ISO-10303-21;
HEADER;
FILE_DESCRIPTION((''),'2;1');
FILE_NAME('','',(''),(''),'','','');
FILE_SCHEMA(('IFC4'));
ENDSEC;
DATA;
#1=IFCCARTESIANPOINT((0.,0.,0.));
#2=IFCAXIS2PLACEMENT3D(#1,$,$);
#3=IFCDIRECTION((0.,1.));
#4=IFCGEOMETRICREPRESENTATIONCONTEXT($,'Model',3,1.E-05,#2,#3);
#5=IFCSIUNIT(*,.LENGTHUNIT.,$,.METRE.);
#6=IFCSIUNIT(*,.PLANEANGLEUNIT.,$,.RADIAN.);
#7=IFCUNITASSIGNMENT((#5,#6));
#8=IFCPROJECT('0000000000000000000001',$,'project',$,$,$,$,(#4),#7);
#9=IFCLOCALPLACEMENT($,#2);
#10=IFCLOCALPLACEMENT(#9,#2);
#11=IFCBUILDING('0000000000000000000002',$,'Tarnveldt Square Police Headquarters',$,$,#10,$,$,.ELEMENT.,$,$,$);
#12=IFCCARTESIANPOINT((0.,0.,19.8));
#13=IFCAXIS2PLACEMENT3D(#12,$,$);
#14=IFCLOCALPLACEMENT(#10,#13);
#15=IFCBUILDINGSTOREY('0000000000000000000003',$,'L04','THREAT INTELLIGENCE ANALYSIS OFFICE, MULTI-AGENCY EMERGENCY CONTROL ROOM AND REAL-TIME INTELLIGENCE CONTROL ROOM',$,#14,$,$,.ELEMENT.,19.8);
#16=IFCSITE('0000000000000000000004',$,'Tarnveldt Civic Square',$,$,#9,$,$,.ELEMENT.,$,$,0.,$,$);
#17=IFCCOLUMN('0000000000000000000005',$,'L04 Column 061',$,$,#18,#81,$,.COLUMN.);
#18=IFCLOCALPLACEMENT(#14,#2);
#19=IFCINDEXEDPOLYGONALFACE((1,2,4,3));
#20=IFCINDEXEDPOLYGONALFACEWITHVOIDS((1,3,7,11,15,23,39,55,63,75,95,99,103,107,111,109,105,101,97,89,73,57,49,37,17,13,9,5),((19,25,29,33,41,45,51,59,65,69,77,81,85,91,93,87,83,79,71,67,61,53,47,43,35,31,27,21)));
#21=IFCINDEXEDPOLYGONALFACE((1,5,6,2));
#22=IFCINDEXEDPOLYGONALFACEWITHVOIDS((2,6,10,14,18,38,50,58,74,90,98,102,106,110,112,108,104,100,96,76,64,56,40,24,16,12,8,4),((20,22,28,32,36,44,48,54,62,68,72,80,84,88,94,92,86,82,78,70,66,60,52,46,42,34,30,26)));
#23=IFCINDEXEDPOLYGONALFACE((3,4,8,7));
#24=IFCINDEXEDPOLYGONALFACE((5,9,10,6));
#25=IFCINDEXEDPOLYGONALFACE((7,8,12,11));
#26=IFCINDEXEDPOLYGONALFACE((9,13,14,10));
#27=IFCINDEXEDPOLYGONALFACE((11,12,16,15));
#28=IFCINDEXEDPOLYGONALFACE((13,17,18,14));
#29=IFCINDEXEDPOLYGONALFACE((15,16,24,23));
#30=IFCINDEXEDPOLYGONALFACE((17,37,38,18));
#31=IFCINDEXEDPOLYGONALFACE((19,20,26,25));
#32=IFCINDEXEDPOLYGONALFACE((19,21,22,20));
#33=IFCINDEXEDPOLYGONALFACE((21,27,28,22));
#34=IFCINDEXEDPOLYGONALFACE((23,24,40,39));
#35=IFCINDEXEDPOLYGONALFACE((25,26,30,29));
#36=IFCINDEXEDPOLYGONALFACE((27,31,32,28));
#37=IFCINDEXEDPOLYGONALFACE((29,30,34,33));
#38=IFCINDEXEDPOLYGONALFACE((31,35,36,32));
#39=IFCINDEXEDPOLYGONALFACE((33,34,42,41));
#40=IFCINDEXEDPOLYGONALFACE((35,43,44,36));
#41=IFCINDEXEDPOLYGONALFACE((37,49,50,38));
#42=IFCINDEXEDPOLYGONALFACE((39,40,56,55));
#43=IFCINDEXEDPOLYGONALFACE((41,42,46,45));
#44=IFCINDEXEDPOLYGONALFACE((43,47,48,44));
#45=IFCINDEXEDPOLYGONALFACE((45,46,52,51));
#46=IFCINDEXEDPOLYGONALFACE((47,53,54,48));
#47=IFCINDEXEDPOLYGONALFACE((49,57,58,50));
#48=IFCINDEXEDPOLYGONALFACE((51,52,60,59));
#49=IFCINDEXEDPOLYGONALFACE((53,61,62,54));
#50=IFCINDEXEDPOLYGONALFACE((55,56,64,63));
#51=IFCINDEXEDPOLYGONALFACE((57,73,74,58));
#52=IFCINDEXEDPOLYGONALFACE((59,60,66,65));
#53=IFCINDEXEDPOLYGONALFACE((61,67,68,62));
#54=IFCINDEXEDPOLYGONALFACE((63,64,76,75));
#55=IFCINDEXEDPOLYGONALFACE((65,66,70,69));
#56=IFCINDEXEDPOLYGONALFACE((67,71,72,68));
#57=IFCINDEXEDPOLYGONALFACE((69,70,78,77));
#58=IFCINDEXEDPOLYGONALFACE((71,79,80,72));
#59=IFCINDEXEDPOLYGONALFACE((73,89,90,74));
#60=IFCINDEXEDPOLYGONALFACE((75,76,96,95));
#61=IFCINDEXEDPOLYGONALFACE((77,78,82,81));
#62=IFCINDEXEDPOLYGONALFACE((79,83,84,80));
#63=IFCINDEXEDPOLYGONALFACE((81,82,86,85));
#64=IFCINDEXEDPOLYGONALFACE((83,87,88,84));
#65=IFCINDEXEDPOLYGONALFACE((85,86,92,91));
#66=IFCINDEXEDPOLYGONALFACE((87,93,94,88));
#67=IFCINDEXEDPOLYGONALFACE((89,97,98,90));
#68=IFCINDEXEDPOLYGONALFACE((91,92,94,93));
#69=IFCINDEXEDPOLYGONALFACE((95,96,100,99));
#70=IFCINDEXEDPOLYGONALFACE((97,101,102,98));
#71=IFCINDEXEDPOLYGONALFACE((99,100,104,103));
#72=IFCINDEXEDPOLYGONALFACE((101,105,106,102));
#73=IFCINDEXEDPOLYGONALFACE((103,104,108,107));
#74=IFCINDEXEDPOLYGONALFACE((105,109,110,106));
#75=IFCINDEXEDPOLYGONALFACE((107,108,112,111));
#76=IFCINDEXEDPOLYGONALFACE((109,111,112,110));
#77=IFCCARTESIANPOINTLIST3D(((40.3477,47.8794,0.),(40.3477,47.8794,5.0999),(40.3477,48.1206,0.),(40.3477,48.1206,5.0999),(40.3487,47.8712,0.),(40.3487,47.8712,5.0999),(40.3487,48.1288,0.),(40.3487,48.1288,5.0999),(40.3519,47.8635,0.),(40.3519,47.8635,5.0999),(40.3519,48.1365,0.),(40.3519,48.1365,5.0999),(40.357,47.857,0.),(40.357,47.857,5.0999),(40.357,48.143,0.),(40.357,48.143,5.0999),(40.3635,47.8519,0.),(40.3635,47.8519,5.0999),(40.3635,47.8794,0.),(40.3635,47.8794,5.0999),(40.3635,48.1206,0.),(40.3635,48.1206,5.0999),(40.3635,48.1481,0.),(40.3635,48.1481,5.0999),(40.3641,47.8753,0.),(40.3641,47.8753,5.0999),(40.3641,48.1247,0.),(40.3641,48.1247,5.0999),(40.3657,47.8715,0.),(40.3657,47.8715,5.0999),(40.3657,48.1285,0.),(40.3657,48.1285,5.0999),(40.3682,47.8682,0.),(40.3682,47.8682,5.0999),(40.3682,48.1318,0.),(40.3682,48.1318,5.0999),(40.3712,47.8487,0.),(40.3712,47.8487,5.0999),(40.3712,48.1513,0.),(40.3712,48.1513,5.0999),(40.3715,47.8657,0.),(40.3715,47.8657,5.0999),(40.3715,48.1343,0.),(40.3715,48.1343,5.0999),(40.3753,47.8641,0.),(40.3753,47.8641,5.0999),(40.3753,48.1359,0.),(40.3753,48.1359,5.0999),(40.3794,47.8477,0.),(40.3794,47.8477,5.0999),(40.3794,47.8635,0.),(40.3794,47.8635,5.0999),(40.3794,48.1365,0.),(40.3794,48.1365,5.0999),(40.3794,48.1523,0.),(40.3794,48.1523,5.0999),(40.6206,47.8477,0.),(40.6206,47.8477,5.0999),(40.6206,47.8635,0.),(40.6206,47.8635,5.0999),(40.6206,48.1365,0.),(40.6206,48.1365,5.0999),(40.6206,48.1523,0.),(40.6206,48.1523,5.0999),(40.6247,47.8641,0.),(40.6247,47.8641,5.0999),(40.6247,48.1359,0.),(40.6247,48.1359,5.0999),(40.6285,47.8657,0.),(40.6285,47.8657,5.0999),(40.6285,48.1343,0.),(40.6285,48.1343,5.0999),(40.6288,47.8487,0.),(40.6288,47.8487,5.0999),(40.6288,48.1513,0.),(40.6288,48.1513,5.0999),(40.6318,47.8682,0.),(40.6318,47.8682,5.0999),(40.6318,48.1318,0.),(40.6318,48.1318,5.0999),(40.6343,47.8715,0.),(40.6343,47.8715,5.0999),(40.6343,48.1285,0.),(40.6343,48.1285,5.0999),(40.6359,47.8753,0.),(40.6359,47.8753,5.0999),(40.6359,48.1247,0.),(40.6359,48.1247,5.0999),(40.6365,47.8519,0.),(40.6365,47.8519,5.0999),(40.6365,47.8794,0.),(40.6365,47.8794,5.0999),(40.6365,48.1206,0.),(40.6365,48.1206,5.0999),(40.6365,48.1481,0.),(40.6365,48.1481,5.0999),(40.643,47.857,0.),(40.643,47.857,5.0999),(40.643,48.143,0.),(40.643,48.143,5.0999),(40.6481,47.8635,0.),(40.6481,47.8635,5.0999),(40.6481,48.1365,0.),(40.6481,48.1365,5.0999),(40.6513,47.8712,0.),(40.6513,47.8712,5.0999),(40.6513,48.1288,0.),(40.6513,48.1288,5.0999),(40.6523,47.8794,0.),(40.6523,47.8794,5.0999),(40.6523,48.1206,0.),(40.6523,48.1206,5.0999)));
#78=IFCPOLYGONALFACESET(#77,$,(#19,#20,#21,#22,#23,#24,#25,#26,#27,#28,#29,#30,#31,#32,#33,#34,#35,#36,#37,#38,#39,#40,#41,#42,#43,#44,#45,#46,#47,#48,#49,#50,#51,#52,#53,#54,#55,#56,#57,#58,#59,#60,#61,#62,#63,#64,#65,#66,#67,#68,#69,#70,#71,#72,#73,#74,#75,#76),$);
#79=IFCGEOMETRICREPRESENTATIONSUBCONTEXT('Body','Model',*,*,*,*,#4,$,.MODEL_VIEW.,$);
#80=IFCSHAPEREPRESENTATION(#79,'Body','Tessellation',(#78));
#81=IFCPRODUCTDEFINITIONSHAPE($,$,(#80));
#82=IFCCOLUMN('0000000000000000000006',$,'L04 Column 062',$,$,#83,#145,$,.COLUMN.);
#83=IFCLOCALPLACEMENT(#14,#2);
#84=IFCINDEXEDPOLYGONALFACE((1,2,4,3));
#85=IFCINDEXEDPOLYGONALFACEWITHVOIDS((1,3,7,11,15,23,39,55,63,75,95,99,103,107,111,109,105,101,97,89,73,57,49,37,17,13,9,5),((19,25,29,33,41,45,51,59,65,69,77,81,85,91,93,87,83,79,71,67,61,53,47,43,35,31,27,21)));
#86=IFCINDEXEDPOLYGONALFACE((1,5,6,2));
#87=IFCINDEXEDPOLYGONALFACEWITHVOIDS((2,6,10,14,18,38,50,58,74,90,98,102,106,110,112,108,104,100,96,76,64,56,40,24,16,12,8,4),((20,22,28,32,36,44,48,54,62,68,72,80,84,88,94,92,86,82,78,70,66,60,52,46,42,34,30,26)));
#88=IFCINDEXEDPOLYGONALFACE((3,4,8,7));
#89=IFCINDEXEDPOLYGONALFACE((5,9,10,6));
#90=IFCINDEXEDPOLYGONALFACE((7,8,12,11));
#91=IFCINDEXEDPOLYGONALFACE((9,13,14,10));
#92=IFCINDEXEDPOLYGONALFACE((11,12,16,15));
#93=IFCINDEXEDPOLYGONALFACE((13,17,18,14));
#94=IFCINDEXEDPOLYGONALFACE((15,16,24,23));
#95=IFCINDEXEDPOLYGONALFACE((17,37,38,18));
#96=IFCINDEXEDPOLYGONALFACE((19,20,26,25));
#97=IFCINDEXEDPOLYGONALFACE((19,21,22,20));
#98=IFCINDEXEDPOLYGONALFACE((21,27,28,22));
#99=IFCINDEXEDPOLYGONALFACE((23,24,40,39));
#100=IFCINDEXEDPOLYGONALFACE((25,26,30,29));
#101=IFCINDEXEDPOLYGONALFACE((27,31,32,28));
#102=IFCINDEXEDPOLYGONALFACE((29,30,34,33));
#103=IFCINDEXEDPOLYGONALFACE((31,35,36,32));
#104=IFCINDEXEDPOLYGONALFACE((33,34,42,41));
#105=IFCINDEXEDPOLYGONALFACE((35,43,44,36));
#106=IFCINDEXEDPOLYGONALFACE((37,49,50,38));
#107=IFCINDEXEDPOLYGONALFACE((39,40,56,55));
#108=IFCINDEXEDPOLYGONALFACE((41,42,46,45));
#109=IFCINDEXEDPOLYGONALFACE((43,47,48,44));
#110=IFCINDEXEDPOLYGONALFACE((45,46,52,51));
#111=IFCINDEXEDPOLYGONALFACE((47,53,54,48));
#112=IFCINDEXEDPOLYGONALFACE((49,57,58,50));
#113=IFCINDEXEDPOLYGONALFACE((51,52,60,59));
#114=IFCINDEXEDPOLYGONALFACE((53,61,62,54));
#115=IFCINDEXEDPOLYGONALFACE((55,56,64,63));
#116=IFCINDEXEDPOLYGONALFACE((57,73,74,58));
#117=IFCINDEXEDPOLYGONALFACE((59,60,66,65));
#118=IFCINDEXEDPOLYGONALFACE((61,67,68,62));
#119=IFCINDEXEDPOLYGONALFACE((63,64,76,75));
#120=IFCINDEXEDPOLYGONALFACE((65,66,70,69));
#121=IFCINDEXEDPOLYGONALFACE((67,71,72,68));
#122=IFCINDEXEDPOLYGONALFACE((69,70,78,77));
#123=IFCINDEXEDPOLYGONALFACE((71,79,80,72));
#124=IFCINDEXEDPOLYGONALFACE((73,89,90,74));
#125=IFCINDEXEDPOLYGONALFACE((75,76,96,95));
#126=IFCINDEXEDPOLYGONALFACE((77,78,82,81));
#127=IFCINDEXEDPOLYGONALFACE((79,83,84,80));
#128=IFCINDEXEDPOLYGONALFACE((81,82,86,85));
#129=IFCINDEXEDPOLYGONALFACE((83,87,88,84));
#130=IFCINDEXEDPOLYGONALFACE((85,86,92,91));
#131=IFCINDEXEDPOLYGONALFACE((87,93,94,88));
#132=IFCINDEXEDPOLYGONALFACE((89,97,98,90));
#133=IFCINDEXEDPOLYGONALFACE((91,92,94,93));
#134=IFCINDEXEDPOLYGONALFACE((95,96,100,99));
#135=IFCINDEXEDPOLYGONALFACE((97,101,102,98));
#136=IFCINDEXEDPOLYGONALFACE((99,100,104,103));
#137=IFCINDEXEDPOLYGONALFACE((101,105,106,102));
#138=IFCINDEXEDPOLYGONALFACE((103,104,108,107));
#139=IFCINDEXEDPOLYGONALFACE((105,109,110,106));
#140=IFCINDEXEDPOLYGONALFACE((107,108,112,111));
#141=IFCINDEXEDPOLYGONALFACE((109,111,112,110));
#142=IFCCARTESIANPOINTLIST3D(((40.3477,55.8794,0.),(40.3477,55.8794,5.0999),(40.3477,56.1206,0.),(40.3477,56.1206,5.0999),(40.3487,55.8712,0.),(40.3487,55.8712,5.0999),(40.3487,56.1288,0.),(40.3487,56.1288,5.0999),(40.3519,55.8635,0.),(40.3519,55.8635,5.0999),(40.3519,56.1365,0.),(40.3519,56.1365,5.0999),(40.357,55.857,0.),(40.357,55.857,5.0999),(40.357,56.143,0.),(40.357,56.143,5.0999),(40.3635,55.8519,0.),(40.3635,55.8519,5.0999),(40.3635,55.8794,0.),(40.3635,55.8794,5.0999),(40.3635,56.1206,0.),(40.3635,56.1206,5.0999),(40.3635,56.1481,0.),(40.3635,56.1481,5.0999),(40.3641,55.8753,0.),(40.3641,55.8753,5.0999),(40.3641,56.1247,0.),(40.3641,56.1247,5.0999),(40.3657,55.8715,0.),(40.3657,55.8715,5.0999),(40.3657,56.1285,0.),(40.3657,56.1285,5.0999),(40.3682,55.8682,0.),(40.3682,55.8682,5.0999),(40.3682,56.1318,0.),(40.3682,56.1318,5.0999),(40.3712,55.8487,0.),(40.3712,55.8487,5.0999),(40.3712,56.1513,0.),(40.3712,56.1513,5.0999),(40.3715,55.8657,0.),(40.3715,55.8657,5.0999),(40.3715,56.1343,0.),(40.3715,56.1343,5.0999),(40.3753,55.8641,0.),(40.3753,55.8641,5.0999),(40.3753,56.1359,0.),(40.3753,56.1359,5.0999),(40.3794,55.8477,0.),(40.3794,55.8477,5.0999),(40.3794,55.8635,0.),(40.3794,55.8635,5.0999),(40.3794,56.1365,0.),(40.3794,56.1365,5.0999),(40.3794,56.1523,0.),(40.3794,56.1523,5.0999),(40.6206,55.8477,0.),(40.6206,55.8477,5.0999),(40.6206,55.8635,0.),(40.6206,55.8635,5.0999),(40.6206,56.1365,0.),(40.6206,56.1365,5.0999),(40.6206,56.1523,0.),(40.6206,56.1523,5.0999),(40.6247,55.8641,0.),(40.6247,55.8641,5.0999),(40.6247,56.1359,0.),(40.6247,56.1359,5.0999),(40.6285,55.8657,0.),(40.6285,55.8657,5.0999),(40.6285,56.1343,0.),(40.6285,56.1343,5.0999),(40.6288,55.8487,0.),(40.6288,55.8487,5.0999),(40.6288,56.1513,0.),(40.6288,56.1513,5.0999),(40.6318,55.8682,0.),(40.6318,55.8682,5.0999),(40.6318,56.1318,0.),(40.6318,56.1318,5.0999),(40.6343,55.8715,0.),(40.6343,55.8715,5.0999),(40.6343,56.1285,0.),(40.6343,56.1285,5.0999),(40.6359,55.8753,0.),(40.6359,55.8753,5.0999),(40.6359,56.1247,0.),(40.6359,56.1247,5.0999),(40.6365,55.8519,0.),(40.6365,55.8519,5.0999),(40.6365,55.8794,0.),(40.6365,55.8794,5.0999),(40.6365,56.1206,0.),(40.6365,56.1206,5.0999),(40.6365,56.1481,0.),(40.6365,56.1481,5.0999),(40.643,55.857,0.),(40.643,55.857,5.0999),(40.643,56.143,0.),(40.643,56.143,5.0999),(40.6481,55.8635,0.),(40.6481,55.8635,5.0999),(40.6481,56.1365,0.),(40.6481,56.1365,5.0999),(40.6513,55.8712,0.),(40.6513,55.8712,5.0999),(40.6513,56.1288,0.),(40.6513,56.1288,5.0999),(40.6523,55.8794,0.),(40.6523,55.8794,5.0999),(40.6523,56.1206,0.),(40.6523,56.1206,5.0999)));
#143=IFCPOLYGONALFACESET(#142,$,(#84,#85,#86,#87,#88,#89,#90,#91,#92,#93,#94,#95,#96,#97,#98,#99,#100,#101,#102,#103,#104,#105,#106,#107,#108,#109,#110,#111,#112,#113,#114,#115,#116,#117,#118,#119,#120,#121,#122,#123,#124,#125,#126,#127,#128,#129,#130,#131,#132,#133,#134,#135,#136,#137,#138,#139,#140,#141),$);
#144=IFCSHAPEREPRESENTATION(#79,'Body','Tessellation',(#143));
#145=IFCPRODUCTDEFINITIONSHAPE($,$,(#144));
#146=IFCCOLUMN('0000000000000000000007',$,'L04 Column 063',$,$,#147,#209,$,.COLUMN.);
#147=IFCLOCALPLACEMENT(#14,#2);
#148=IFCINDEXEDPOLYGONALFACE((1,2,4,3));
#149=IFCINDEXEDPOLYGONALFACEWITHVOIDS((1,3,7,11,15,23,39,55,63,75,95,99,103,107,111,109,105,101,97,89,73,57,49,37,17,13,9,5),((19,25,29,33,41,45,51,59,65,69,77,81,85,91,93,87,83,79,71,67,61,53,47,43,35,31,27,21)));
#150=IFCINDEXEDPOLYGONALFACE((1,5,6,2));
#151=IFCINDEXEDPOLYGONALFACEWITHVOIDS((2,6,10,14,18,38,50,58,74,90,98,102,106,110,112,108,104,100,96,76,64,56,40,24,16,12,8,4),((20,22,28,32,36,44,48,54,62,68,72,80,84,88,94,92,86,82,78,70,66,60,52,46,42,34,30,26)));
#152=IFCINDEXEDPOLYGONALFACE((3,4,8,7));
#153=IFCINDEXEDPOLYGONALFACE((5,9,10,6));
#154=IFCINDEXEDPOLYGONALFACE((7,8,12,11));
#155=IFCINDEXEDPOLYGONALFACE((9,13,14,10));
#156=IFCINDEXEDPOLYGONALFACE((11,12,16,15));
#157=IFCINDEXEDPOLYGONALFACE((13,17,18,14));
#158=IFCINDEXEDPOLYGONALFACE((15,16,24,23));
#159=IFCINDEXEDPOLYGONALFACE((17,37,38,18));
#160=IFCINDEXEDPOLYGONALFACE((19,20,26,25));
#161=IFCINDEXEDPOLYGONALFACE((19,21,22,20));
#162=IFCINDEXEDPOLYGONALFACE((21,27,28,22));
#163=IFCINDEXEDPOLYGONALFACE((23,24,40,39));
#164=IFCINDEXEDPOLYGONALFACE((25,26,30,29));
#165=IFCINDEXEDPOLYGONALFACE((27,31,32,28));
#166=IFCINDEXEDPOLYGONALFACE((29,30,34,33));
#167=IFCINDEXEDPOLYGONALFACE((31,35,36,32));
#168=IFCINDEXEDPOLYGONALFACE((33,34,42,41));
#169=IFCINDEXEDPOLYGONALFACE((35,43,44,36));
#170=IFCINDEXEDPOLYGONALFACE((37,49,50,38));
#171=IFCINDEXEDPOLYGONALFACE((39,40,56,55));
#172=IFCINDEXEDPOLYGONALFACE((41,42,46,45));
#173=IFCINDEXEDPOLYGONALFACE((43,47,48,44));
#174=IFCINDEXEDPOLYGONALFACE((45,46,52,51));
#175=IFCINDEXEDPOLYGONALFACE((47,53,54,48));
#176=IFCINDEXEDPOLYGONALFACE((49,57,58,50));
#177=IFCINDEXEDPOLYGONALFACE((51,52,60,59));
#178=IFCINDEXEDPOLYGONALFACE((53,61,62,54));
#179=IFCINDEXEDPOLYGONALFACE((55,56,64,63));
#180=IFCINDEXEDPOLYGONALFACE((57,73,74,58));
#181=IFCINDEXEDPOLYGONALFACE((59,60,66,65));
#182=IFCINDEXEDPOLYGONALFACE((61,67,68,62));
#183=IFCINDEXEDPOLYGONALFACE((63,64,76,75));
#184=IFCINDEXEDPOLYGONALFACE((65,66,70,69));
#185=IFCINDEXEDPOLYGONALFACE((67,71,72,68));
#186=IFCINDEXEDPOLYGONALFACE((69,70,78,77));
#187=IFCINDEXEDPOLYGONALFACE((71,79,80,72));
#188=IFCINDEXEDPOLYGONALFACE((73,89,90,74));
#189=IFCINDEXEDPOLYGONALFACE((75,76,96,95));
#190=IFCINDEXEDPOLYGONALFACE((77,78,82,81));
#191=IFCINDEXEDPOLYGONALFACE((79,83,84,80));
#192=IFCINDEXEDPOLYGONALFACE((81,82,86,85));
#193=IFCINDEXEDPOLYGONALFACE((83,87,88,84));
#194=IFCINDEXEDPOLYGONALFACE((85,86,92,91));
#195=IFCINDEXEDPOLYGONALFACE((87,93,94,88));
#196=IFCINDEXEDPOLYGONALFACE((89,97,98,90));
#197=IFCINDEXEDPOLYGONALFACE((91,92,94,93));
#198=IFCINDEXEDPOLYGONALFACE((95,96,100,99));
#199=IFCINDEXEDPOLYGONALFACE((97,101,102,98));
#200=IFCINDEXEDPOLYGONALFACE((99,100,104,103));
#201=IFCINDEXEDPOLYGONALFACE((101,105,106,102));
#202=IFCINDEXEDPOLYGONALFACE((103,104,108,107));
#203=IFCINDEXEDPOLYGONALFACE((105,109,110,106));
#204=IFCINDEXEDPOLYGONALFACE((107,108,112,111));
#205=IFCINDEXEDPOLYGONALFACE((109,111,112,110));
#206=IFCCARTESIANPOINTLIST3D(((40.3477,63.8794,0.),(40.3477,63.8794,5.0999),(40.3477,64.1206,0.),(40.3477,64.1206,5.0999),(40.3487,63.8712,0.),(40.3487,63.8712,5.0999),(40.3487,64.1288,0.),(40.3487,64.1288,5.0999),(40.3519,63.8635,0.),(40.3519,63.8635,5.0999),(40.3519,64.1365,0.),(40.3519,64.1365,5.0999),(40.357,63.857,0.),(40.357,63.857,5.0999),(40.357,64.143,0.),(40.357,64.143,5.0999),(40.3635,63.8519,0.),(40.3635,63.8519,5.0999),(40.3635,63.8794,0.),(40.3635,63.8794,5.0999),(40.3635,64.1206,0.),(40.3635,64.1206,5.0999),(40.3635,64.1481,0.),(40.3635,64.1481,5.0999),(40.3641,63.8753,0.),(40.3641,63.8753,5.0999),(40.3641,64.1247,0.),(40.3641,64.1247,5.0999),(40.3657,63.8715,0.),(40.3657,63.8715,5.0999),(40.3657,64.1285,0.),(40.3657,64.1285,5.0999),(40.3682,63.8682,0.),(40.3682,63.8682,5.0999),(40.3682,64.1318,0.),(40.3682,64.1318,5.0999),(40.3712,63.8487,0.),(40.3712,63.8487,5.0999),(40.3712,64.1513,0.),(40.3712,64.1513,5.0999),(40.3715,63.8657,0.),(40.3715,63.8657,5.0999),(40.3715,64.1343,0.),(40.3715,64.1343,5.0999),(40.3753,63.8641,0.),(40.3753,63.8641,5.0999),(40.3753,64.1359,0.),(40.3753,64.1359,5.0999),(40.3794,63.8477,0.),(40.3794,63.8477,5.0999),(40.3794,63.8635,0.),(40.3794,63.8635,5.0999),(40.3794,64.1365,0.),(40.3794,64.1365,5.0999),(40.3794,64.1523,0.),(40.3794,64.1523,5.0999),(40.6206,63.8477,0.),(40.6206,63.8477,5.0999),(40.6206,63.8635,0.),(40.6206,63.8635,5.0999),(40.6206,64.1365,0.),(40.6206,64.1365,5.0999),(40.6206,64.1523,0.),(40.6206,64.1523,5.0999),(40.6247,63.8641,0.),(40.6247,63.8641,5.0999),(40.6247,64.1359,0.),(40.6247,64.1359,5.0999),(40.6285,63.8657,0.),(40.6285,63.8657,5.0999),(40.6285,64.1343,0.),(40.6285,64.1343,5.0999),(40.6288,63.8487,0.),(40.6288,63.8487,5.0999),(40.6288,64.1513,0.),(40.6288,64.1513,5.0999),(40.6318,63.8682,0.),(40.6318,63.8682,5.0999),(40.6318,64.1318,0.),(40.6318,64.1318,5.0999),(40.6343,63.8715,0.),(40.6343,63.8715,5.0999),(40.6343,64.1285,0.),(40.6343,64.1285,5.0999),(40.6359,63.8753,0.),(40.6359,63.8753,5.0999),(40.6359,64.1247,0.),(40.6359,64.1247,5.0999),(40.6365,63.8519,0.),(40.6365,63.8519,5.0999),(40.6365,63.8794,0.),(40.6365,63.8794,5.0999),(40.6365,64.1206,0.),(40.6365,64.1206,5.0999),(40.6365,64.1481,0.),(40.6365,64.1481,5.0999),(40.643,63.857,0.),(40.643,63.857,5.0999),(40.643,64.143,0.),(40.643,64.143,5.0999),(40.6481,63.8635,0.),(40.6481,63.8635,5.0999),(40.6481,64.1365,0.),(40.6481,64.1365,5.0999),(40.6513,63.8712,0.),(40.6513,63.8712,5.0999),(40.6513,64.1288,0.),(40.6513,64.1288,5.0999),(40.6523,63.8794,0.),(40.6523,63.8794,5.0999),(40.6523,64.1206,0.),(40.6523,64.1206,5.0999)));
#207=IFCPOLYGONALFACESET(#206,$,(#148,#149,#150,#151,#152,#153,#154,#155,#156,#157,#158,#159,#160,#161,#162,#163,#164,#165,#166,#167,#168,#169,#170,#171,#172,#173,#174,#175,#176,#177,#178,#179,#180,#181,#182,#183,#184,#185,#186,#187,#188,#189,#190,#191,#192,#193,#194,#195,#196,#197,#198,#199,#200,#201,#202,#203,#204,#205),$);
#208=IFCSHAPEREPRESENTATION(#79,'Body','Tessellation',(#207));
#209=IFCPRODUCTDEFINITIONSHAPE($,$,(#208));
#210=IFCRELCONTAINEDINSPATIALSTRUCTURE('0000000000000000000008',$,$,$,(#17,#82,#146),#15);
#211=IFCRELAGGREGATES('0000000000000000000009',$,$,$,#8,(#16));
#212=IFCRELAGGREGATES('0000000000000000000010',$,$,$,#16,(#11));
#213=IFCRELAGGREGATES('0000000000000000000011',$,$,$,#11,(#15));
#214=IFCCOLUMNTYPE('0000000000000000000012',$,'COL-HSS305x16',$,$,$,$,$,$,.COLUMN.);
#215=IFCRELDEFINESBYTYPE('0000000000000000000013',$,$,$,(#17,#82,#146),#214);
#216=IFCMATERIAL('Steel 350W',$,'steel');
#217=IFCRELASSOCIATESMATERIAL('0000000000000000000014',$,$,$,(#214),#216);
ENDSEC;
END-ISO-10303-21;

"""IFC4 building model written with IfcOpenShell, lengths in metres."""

from ifc_helpers import new_model, si_unit, direction, frame, origin, origin_2d, place, context, subcontext, project, spatial, hollow_rectangle, extrude, material, material_profile, profile_set, type_object, element, save


model = new_model("IFC4")

# Units and contexts
model_context = context("Model", 3, precision=1e-05, world=origin(), true_north=direction((0.0, 1.0)))
body_context = subcontext(model_context, "Body", "Model", "MODEL_VIEW")
ifc_project = project(units=[si_unit("LENGTHUNIT", "METRE"), si_unit("PLANEANGLEUNIT", "RADIAN")], contexts=[model_context])

# Site, building, storey
site_placement = place(None, origin())
site = spatial("IfcSite", under=ifc_project, at=site_placement, Name="Tarnveldt Civic Square", CompositionType="ELEMENT", RefElevation=0.0)
building_placement = place(site_placement, origin())
building = spatial("IfcBuilding", under=site, at=building_placement, Name="Tarnveldt Square Police Headquarters", CompositionType="ELEMENT")
storey_placement = place(building_placement, frame((0.0, 0.0, 19.8)))
storey = spatial("IfcBuildingStorey", under=building, at=storey_placement, Name="L04", Description="THREAT INTELLIGENCE ANALYSIS OFFICE, MULTI-AGENCY EMERGENCY CONTROL ROOM AND REAL-TIME INTELLIGENCE CONTROL ROOM", CompositionType="ELEMENT", Elevation=19.8)

# Columns
ifc_material_1 = material(Name="Steel 350W", Category="steel")
ifc_material_profile_1 = material_profile(ifc_material_1, hollow_rectangle(XDim=0.3047, YDim=0.3047, WallThickness=0.0159, InnerFilletRadius=0.0159, OuterFilletRadius=0.0317, at=origin_2d()), Name="HSS305x305x16")
ifc_profile_set_1 = profile_set([ifc_material_profile_1], Name="Steel 350W")
column_type = type_object("IfcColumnType", Name="COL-HSS305x16", PredefinedType="COLUMN", material=ifc_profile_set_1)
for number, where, z_axis, x_axis, name in (
    (1, (40.5, 48.0, 0.0), (0.0, 0.0, 1.0), (1.0, 0.0, 0.0), "L04 Column 061"),
    (2, (40.5, 56.0, 0.0), (0.0, 0.0, 1.0), (1.0, 0.0, 0.0), "L04 Column 062"),
    (3, (40.5, 64.0, 0.0), (0.0, 0.0, 1.0), (1.0, 0.0, 0.0), "L04 Column 063"),
):
    element("IfcColumn", number, at=place(storey_placement, frame(where, z_axis=z_axis, x_axis=x_axis)), inside=storey, type_object=column_type, Name=name, PredefinedType="COLUMN", context=body_context, shape_type="SweptSolid", body=[
        extrude(hollow_rectangle(XDim=0.3047, YDim=0.3047, WallThickness=0.0159, InnerFilletRadius=0.0159, OuterFilletRadius=0.0317, at=origin_2d()), origin(), (0.0, 0.0, 1.0), 5.0999),
    ])

save(model, "model.ifc")
